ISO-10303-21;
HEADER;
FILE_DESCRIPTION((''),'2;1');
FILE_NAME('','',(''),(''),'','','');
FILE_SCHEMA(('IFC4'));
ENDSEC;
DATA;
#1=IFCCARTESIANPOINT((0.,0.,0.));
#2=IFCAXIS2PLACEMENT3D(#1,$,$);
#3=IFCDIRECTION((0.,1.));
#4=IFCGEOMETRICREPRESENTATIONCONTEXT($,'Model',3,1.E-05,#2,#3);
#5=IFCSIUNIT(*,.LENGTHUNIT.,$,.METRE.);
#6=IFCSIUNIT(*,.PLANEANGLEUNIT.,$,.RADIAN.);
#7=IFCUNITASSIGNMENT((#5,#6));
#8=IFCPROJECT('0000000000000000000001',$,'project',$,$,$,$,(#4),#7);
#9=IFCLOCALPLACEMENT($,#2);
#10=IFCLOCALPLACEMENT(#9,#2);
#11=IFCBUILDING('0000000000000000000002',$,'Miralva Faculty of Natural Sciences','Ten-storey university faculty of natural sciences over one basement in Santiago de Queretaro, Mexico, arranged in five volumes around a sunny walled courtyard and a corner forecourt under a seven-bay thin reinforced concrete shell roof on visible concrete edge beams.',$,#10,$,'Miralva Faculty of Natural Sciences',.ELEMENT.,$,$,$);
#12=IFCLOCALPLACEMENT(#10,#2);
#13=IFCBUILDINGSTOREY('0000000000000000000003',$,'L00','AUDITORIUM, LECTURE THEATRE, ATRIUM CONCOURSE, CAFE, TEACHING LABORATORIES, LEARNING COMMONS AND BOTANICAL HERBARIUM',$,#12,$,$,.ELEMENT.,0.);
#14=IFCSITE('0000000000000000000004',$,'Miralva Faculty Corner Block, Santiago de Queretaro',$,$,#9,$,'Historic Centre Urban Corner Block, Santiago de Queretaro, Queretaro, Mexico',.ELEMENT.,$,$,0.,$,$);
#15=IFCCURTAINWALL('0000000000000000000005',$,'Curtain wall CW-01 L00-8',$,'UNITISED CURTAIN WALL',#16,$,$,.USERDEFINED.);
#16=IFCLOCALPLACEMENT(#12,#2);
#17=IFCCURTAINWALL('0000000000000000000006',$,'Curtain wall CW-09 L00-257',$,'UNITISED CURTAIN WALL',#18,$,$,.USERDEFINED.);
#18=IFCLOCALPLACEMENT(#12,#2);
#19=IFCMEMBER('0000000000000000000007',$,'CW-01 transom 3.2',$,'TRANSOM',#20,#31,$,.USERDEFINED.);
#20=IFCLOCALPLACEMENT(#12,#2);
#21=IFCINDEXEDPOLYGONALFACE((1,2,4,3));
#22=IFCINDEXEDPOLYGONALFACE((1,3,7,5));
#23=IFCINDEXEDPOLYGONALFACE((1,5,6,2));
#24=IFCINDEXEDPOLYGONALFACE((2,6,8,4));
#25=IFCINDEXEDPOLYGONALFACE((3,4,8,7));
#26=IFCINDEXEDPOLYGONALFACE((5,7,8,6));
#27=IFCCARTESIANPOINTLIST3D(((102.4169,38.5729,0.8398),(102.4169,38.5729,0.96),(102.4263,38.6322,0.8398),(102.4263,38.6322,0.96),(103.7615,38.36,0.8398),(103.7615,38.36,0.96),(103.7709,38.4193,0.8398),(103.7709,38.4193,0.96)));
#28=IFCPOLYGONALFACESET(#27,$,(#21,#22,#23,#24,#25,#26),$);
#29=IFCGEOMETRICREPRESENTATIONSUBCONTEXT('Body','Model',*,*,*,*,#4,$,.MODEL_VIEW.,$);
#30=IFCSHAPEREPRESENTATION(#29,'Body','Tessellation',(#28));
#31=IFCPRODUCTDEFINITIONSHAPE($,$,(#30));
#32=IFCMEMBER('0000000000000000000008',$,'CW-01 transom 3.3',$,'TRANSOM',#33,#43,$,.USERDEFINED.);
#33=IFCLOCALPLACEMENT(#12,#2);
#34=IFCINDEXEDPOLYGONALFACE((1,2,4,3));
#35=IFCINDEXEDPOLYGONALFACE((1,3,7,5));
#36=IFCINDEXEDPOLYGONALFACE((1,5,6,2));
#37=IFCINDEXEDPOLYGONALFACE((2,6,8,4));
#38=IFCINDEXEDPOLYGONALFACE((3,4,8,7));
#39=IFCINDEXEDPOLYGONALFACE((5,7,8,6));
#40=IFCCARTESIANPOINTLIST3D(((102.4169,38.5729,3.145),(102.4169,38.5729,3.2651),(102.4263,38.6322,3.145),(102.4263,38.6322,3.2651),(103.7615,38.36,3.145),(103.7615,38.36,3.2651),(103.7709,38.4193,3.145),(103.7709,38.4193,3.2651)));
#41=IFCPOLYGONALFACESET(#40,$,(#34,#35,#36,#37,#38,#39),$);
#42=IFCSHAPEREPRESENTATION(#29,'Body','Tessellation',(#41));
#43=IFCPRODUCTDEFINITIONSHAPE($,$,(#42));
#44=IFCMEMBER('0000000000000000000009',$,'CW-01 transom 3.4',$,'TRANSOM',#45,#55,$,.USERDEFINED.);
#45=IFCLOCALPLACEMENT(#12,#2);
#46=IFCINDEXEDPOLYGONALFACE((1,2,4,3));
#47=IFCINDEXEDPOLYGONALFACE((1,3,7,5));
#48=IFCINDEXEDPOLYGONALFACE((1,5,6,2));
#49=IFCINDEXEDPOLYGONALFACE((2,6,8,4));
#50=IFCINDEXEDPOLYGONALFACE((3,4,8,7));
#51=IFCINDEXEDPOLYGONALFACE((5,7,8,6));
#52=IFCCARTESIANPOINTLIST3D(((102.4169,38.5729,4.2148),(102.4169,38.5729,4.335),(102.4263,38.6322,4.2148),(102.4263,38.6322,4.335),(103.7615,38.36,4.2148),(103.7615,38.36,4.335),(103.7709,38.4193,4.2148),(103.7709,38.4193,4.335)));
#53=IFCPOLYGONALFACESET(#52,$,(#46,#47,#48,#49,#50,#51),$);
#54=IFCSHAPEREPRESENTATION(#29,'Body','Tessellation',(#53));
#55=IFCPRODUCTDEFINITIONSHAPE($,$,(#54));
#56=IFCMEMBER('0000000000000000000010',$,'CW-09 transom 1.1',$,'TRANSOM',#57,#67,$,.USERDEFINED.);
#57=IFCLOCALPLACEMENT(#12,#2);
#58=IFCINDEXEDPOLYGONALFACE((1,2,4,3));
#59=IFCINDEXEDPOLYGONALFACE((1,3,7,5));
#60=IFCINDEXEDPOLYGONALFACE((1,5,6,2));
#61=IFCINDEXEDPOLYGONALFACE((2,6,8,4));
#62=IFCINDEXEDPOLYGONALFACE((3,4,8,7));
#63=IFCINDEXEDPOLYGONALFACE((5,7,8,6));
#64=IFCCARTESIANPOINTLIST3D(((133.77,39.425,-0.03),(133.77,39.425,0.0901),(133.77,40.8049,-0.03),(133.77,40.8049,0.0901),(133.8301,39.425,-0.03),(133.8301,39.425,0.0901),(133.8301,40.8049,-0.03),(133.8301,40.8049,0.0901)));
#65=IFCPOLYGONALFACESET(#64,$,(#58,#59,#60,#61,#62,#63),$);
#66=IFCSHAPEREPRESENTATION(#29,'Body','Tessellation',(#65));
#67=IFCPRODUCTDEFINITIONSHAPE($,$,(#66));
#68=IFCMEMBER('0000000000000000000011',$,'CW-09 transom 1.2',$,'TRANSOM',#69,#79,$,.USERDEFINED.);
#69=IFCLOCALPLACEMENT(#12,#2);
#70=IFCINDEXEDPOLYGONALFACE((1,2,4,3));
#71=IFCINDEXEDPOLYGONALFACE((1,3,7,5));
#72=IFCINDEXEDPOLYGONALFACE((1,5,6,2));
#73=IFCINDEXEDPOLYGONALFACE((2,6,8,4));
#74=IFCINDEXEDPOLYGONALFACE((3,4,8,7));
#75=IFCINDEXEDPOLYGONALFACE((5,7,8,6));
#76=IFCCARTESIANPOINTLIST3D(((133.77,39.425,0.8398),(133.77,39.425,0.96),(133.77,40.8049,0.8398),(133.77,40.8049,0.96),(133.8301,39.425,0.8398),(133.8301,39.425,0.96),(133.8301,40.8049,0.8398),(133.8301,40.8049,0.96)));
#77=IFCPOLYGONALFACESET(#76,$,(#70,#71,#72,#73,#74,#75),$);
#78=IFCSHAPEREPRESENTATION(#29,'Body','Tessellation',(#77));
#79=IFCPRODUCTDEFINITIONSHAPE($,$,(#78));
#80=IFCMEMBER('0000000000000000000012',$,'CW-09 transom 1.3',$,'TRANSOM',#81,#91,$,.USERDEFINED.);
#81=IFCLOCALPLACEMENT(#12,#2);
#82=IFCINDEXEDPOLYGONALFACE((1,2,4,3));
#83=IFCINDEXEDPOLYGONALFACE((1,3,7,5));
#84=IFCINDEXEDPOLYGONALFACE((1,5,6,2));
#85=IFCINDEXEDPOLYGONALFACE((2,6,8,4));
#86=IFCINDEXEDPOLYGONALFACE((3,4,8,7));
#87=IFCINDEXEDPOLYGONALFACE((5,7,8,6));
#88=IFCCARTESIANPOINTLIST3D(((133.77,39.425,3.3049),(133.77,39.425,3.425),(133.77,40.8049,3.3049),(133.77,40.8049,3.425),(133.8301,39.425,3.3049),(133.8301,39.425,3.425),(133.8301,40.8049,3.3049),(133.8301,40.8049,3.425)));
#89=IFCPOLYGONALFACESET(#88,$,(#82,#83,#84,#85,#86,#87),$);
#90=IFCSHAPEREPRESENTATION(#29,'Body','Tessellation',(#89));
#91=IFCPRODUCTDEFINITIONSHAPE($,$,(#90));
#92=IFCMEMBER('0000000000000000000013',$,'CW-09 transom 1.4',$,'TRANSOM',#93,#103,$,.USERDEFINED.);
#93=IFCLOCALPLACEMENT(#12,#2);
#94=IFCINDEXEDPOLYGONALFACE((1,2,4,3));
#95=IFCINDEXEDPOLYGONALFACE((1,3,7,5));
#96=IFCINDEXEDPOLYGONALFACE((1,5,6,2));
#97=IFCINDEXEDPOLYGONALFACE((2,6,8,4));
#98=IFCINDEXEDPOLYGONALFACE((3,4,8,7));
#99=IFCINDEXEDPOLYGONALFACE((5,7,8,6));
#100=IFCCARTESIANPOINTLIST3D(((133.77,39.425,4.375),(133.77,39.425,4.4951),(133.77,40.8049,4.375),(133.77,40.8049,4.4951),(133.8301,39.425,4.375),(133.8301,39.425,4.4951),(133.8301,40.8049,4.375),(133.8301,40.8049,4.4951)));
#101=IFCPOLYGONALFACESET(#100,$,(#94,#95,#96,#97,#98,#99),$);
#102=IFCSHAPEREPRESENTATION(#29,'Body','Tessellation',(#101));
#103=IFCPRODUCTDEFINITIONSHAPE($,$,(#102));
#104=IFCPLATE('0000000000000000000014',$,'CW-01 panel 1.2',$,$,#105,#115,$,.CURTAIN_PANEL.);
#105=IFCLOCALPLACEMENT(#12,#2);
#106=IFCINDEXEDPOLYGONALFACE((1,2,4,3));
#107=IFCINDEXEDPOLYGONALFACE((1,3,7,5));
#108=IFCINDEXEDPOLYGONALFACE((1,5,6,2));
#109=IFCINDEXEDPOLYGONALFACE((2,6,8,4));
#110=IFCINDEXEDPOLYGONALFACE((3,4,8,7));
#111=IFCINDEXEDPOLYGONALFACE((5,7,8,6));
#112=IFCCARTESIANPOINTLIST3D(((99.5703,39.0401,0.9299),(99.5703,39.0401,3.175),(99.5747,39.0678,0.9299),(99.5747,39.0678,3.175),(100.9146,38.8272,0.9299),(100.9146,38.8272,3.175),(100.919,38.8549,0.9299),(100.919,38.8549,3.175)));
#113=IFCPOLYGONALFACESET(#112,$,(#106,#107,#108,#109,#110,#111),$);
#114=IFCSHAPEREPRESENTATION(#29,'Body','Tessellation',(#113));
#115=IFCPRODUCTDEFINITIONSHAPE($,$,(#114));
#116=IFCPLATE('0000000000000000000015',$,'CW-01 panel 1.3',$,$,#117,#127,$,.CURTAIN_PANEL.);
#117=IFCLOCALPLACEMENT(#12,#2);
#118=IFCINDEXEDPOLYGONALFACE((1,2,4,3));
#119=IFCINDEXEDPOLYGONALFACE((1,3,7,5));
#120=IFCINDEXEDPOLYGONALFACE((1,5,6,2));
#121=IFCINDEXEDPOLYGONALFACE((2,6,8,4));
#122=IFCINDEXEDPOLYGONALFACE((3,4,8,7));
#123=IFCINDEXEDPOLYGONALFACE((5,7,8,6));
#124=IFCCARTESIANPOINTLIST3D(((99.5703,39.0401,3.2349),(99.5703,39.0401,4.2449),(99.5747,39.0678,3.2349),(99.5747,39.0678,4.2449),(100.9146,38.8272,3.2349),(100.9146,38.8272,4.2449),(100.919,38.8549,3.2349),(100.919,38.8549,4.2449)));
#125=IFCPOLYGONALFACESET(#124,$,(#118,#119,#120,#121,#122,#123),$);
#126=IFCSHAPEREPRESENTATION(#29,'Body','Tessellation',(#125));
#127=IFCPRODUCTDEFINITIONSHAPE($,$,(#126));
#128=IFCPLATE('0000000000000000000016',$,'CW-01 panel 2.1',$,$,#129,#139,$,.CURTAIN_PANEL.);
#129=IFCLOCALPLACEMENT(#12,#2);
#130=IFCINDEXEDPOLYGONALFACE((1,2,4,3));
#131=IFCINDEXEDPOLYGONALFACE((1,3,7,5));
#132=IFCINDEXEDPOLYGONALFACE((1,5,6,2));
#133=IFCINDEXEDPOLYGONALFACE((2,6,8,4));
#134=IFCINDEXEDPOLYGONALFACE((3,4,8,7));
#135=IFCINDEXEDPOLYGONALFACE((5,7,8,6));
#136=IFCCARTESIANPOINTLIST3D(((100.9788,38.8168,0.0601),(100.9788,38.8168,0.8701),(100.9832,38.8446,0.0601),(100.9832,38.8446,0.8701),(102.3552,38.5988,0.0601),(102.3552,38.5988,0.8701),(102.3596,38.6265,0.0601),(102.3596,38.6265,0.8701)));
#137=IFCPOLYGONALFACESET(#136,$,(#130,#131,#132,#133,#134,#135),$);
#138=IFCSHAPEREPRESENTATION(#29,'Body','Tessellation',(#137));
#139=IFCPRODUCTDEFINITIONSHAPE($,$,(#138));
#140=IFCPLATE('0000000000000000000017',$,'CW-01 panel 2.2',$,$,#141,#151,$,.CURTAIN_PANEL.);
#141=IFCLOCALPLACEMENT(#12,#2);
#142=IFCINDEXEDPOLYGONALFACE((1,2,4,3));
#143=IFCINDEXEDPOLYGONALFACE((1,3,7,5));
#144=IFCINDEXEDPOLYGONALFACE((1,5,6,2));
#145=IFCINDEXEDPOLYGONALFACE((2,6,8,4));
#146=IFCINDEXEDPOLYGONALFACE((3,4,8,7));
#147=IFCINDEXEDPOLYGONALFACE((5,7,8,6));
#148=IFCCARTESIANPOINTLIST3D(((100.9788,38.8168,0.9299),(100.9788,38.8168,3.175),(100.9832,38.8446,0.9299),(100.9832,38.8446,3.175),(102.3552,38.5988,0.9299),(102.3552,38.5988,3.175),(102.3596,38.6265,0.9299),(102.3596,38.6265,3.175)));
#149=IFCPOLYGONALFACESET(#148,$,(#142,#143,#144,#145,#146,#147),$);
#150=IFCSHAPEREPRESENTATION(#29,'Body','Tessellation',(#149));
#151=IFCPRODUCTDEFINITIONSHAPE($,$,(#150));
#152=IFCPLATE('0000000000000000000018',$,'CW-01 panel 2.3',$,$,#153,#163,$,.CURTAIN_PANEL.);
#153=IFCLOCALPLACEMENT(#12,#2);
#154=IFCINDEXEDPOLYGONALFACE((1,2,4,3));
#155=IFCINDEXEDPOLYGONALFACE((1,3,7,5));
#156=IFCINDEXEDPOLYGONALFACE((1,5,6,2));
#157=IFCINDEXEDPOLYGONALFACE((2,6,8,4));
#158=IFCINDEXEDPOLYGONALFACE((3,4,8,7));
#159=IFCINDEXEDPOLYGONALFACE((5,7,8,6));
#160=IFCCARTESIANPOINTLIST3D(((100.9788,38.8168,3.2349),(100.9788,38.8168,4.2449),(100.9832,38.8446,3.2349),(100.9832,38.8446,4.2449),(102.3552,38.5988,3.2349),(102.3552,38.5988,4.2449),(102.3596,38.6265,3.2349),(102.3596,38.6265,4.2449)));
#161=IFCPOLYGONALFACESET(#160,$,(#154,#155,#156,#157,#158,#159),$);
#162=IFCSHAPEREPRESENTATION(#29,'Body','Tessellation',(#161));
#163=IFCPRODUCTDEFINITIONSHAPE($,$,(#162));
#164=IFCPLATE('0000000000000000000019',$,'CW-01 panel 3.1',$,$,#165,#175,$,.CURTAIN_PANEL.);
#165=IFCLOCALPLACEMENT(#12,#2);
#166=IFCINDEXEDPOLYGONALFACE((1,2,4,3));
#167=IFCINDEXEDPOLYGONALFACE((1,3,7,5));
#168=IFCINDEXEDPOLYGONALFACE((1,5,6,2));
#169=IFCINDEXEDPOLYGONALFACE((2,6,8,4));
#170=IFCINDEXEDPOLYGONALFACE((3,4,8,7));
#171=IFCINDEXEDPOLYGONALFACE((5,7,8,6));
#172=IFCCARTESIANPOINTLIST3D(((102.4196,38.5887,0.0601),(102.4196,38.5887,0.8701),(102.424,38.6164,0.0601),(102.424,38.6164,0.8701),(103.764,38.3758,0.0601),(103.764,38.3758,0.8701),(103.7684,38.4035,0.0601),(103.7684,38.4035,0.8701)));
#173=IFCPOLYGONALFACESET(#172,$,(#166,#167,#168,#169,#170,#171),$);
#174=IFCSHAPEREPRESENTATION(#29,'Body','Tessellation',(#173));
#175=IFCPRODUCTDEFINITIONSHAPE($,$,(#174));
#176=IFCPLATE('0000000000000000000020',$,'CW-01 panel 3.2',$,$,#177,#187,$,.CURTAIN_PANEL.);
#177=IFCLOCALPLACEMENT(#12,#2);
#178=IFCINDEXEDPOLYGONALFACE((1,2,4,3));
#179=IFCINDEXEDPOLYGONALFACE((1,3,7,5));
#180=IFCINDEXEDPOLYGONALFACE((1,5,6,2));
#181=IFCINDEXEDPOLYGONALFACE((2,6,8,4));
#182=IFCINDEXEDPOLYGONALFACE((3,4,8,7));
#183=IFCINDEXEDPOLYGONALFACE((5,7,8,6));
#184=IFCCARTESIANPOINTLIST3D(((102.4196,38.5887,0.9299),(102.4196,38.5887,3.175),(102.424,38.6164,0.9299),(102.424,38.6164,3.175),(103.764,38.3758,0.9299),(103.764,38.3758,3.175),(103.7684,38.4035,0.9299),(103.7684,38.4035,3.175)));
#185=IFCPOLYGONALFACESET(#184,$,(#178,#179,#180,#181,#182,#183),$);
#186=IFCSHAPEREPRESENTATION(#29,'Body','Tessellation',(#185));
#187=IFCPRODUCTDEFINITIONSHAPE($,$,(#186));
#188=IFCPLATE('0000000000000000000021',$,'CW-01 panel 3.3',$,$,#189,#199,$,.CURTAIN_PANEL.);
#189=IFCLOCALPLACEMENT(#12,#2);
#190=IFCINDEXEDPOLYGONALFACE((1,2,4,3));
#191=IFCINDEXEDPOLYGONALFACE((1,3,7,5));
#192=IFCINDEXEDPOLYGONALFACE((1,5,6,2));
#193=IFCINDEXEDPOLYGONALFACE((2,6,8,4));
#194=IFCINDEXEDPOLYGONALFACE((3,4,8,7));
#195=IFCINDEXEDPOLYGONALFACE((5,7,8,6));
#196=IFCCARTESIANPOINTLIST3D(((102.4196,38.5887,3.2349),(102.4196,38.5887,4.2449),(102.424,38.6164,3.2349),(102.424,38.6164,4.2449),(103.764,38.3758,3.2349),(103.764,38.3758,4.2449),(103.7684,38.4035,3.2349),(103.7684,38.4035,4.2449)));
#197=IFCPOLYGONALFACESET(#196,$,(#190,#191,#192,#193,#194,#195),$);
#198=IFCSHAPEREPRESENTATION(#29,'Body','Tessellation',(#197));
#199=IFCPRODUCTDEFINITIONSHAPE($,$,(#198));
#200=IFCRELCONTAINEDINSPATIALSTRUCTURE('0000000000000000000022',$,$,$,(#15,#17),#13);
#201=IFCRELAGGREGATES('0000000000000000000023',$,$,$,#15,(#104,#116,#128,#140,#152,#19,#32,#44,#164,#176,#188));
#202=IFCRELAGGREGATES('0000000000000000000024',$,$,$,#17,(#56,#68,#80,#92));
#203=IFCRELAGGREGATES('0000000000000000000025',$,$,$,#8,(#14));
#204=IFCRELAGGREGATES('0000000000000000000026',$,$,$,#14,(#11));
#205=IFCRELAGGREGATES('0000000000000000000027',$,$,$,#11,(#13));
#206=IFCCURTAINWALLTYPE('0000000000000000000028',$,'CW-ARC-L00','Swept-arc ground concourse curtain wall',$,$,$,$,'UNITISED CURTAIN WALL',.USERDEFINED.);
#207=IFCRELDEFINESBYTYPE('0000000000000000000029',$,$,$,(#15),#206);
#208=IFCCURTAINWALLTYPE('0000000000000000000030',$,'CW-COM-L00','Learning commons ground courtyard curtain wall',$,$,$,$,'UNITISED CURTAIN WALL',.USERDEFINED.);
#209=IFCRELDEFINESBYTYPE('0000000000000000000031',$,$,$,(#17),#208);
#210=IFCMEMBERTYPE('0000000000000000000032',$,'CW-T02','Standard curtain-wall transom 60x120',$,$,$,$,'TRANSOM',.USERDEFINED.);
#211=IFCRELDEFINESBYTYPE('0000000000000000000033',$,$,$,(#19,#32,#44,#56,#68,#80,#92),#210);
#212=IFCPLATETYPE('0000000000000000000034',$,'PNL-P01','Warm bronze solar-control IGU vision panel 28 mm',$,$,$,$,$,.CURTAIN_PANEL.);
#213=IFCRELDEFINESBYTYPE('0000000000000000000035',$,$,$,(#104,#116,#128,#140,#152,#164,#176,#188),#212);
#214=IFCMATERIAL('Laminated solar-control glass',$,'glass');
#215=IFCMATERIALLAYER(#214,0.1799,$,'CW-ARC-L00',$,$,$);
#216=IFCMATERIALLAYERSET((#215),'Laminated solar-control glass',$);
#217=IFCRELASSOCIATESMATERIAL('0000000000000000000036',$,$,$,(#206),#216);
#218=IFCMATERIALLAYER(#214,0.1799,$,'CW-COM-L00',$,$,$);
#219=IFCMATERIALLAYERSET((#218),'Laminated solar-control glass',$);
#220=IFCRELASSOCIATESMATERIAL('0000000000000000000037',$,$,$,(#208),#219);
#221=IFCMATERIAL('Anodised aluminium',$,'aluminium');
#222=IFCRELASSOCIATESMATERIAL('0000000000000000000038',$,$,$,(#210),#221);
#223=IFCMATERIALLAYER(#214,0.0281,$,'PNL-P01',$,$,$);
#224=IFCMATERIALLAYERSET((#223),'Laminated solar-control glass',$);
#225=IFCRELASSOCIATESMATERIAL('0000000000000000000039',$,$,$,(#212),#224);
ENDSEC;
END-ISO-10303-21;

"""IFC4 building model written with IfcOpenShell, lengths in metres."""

from ifc_helpers import new_model, si_unit, direction, frame, origin, origin_2d, place, context, subcontext, project, spatial, rectangle, extrude, material, layer, layer_set, material_profile, profile_set, type_object, element, aggregate, save


model = new_model("IFC4")

# Units and contexts
model_context = context("Model", 3, precision=1e-05, world=origin(), true_north=direction((0.0, 1.0)))
body_context = subcontext(model_context, "Body", "Model", "MODEL_VIEW")
ifc_project = project(units=[si_unit("LENGTHUNIT", "METRE"), si_unit("PLANEANGLEUNIT", "RADIAN")], contexts=[model_context])

# Site, building, storey
site_placement = place(None, origin())
site = spatial("IfcSite", under=ifc_project, at=site_placement, Name="Miralva Faculty Corner Block, Santiago de Queretaro", LongName="Historic Centre Urban Corner Block, Santiago de Queretaro, Queretaro, Mexico", CompositionType="ELEMENT", RefElevation=0.0)
building_placement = place(site_placement, origin())
building = spatial("IfcBuilding", under=site, at=building_placement, Name="Miralva Faculty of Natural Sciences", Description="Ten-storey university faculty of natural sciences over one basement in Santiago de Queretaro, Mexico, arranged in five volumes around a sunny walled courtyard and a corner forecourt under a seven-bay thin reinforced concrete shell roof on visible concrete edge beams.", LongName="Miralva Faculty of Natural Sciences", CompositionType="ELEMENT")
storey_placement = place(building_placement, origin())
storey = spatial("IfcBuildingStorey", under=building, at=storey_placement, Name="L00", Description="AUDITORIUM, LECTURE THEATRE, ATRIUM CONCOURSE, CAFE, TEACHING LABORATORIES, LEARNING COMMONS AND BOTANICAL HERBARIUM", CompositionType="ELEMENT", Elevation=0.0)

# Curtain wall
ifc_material_1 = material(Name="Laminated solar-control glass", Category="glass")
ifc_layer_1 = layer(ifc_material_1, 0.1799, Name="CW-ARC-L00")
ifc_layer_set_1 = layer_set([ifc_layer_1], Name="Laminated solar-control glass")
curtain_wall_type_1 = type_object("IfcCurtainWallType", Name="CW-ARC-L00", Description="Swept-arc ground concourse curtain wall", ElementType="UNITISED CURTAIN WALL", PredefinedType="USERDEFINED", material=ifc_layer_set_1)
curtain_wall_1_placement = place(storey_placement, origin())
curtain_wall_1 = element("IfcCurtainWall", 1, at=curtain_wall_1_placement, inside=storey, type_object=curtain_wall_type_1, Name="Curtain wall CW-01 L00-8", ObjectType="UNITISED CURTAIN WALL", PredefinedType="USERDEFINED")
ifc_material_2 = material(Name="Anodised aluminium", Category="aluminium")

# Curtain wall
ifc_layer_2 = layer(ifc_material_1, 0.1799, Name="CW-COM-L00")
ifc_layer_set_2 = layer_set([ifc_layer_2], Name="Laminated solar-control glass")
curtain_wall_type_2 = type_object("IfcCurtainWallType", Name="CW-COM-L00", Description="Learning commons ground courtyard curtain wall", ElementType="UNITISED CURTAIN WALL", PredefinedType="USERDEFINED", material=ifc_layer_set_2)
curtain_wall_2_placement = place(storey_placement, origin())
curtain_wall_2 = element("IfcCurtainWall", 2, at=curtain_wall_2_placement, inside=storey, type_object=curtain_wall_type_2, Name="Curtain wall CW-09 L00-257", ObjectType="UNITISED CURTAIN WALL", PredefinedType="USERDEFINED")

# Members
ifc_material_profile_1 = material_profile(ifc_material_2, rectangle(XDim=0.0601, YDim=0.1201, at=origin_2d()), Name="TRANSOM 60x120")
ifc_profile_set_1 = profile_set([ifc_material_profile_1], Name="Anodised aluminium")
member_type_1 = type_object("IfcMemberType", Name="CW-T02", Description="Standard curtain-wall transom 60x120", ElementType="TRANSOM", PredefinedType="USERDEFINED", material=ifc_profile_set_1)
member_1_placement = place(storey_placement, frame((102.4216, 38.6025, 0.8999), z_axis=(0.987695, -0.156395, 0.0), x_axis=(0.156395, 0.987695, 0.0)))
member_1 = element("IfcMember", 3, at=member_1_placement, type_object=member_type_1, Name="CW-01 transom 3.2", ObjectType="TRANSOM", PredefinedType="USERDEFINED", context=body_context, shape_type="SweptSolid", body=[
    extrude(rectangle(XDim=0.0601, YDim=0.1201, at=origin_2d()), origin(), (0.0, 0.0, 1.0), 1.3613),
])
member_2_placement = place(storey_placement, frame((102.4216, 38.6025, 3.2051), z_axis=(0.987695, -0.156395, 0.0), x_axis=(0.156395, 0.987695, 0.0)))
member_2 = element("IfcMember", 4, at=member_2_placement, type_object=member_type_1, Name="CW-01 transom 3.3", ObjectType="TRANSOM", PredefinedType="USERDEFINED", context=body_context, shape_type="SweptSolid", body=[
    extrude(rectangle(XDim=0.0601, YDim=0.1201, at=origin_2d()), origin(), (0.0, 0.0, 1.0), 1.3613),
])
member_3_placement = place(storey_placement, frame((102.4216, 38.6025, 4.2749), z_axis=(0.987695, -0.156395, 0.0), x_axis=(0.156395, 0.987695, 0.0)))
member_3 = element("IfcMember", 5, at=member_3_placement, type_object=member_type_1, Name="CW-01 transom 3.4", ObjectType="TRANSOM", PredefinedType="USERDEFINED", context=body_context, shape_type="SweptSolid", body=[
    extrude(rectangle(XDim=0.0601, YDim=0.1201, at=origin_2d()), origin(), (0.0, 0.0, 1.0), 1.3613),
])
member_4_placement = place(storey_placement, frame((133.8, 39.425, 0.03), z_axis=(0.0, 1.0, 0.0), x_axis=(-1.0, 0.0, 0.0)))
member_4 = element("IfcMember", 6, at=member_4_placement, type_object=member_type_1, Name="CW-09 transom 1.1", ObjectType="TRANSOM", PredefinedType="USERDEFINED", context=body_context, shape_type="SweptSolid", body=[
    extrude(rectangle(XDim=0.0601, YDim=0.1201, at=origin_2d()), origin(), (0.0, 0.0, 1.0), 1.3799),
])
member_5_placement = place(storey_placement, frame((133.8, 39.425, 0.8999), z_axis=(0.0, 1.0, 0.0), x_axis=(-1.0, 0.0, 0.0)))
member_5 = element("IfcMember", 7, at=member_5_placement, type_object=member_type_1, Name="CW-09 transom 1.2", ObjectType="TRANSOM", PredefinedType="USERDEFINED", context=body_context, shape_type="SweptSolid", body=[
    extrude(rectangle(XDim=0.0601, YDim=0.1201, at=origin_2d()), origin(), (0.0, 0.0, 1.0), 1.3799),
])
member_6_placement = place(storey_placement, frame((133.8, 39.425, 3.365), z_axis=(0.0, 1.0, 0.0), x_axis=(-1.0, 0.0, 0.0)))
member_6 = element("IfcMember", 8, at=member_6_placement, type_object=member_type_1, Name="CW-09 transom 1.3", ObjectType="TRANSOM", PredefinedType="USERDEFINED", context=body_context, shape_type="SweptSolid", body=[
    extrude(rectangle(XDim=0.0601, YDim=0.1201, at=origin_2d()), origin(), (0.0, 0.0, 1.0), 1.3799),
])
member_7_placement = place(storey_placement, frame((133.8, 39.425, 4.4351), z_axis=(0.0, 1.0, 0.0), x_axis=(-1.0, 0.0, 0.0)))
member_7 = element("IfcMember", 9, at=member_7_placement, type_object=member_type_1, Name="CW-09 transom 1.4", ObjectType="TRANSOM", PredefinedType="USERDEFINED", context=body_context, shape_type="SweptSolid", body=[
    extrude(rectangle(XDim=0.0601, YDim=0.1201, at=origin_2d()), origin(), (0.0, 0.0, 1.0), 1.3799),
])

# Plates
ifc_layer_3 = layer(ifc_material_1, 0.0281, Name="PNL-P01")
ifc_layer_set_3 = layer_set([ifc_layer_3], Name="Laminated solar-control glass")
plate_type = type_object("IfcPlateType", Name="PNL-P01", Description="Warm bronze solar-control IGU vision panel 28 mm", PredefinedType="CURTAIN_PANEL", material=ifc_layer_set_3)
plate_1_placement = place(storey_placement, frame((100.2446, 38.9475, 0.9299), z_axis=(0.0, 0.0, 1.0), x_axis=(0.987687, -0.156445, 0.0)))
plate_1 = element("IfcPlate", 10, at=plate_1_placement, type_object=plate_type, Name="CW-01 panel 1.2", PredefinedType="CURTAIN_PANEL", context=body_context, shape_type="SweptSolid", body=[
    extrude(rectangle(XDim=1.3611, YDim=0.0281, at=origin_2d()), origin(), (0.0, 0.0, 1.0), 2.2451),
])
plate_2_placement = place(storey_placement, frame((100.2446, 38.9475, 3.2349), z_axis=(0.0, 0.0, 1.0), x_axis=(0.987687, -0.156445, 0.0)))
plate_2 = element("IfcPlate", 11, at=plate_2_placement, type_object=plate_type, Name="CW-01 panel 1.3", PredefinedType="CURTAIN_PANEL", context=body_context, shape_type="SweptSolid", body=[
    extrude(rectangle(XDim=1.3611, YDim=0.0281, at=origin_2d()), origin(), (0.0, 0.0, 1.0), 1.01),
])
plate_3_placement = place(storey_placement, frame((101.6692, 38.7217, 0.0601), z_axis=(0.0, 0.0, 1.0), x_axis=(0.987687, -0.156445, 0.0)))
plate_3 = element("IfcPlate", 12, at=plate_3_placement, type_object=plate_type, Name="CW-01 panel 2.1", PredefinedType="CURTAIN_PANEL", context=body_context, shape_type="SweptSolid", body=[
    extrude(rectangle(XDim=1.3936, YDim=0.0281, at=origin_2d()), origin(), (0.0, 0.0, 1.0), 0.8101),
])
plate_4_placement = place(storey_placement, frame((101.6692, 38.7217, 0.9299), z_axis=(0.0, 0.0, 1.0), x_axis=(0.987687, -0.156445, 0.0)))
plate_4 = element("IfcPlate", 13, at=plate_4_placement, type_object=plate_type, Name="CW-01 panel 2.2", PredefinedType="CURTAIN_PANEL", context=body_context, shape_type="SweptSolid", body=[
    extrude(rectangle(XDim=1.3936, YDim=0.0281, at=origin_2d()), origin(), (0.0, 0.0, 1.0), 2.2451),
])
plate_5_placement = place(storey_placement, frame((101.6692, 38.7217, 3.2349), z_axis=(0.0, 0.0, 1.0), x_axis=(0.987687, -0.156445, 0.0)))
plate_5 = element("IfcPlate", 14, at=plate_5_placement, type_object=plate_type, Name="CW-01 panel 2.3", PredefinedType="CURTAIN_PANEL", context=body_context, shape_type="SweptSolid", body=[
    extrude(rectangle(XDim=1.3936, YDim=0.0281, at=origin_2d()), origin(), (0.0, 0.0, 1.0), 1.01),
])
plate_6_placement = place(storey_placement, frame((103.094, 38.4961, 0.0601), z_axis=(0.0, 0.0, 1.0), x_axis=(0.987687, -0.156445, 0.0)))
plate_6 = element("IfcPlate", 15, at=plate_6_placement, type_object=plate_type, Name="CW-01 panel 3.1", PredefinedType="CURTAIN_PANEL", context=body_context, shape_type="SweptSolid", body=[
    extrude(rectangle(XDim=1.3611, YDim=0.0281, at=origin_2d()), origin(), (0.0, 0.0, 1.0), 0.8101),
])
plate_7_placement = place(storey_placement, frame((103.094, 38.4961, 0.9299), z_axis=(0.0, 0.0, 1.0), x_axis=(0.987687, -0.156445, 0.0)))
plate_7 = element("IfcPlate", 16, at=plate_7_placement, type_object=plate_type, Name="CW-01 panel 3.2", PredefinedType="CURTAIN_PANEL", context=body_context, shape_type="SweptSolid", body=[
    extrude(rectangle(XDim=1.3611, YDim=0.0281, at=origin_2d()), origin(), (0.0, 0.0, 1.0), 2.2451),
])
plate_8_placement = place(storey_placement, frame((103.094, 38.4961, 3.2349), z_axis=(0.0, 0.0, 1.0), x_axis=(0.987687, -0.156445, 0.0)))
plate_8 = element("IfcPlate", 17, at=plate_8_placement, type_object=plate_type, Name="CW-01 panel 3.3", PredefinedType="CURTAIN_PANEL", context=body_context, shape_type="SweptSolid", body=[
    extrude(rectangle(XDim=1.3611, YDim=0.0281, at=origin_2d()), origin(), (0.0, 0.0, 1.0), 1.01),
])
aggregate(curtain_wall_1, [plate_1, plate_2, plate_3, plate_4, plate_5, member_1, member_2, member_3, plate_6, plate_7, plate_8])
aggregate(curtain_wall_2, [member_4, member_5, member_6, member_7])

save(model, "model.ifc")
